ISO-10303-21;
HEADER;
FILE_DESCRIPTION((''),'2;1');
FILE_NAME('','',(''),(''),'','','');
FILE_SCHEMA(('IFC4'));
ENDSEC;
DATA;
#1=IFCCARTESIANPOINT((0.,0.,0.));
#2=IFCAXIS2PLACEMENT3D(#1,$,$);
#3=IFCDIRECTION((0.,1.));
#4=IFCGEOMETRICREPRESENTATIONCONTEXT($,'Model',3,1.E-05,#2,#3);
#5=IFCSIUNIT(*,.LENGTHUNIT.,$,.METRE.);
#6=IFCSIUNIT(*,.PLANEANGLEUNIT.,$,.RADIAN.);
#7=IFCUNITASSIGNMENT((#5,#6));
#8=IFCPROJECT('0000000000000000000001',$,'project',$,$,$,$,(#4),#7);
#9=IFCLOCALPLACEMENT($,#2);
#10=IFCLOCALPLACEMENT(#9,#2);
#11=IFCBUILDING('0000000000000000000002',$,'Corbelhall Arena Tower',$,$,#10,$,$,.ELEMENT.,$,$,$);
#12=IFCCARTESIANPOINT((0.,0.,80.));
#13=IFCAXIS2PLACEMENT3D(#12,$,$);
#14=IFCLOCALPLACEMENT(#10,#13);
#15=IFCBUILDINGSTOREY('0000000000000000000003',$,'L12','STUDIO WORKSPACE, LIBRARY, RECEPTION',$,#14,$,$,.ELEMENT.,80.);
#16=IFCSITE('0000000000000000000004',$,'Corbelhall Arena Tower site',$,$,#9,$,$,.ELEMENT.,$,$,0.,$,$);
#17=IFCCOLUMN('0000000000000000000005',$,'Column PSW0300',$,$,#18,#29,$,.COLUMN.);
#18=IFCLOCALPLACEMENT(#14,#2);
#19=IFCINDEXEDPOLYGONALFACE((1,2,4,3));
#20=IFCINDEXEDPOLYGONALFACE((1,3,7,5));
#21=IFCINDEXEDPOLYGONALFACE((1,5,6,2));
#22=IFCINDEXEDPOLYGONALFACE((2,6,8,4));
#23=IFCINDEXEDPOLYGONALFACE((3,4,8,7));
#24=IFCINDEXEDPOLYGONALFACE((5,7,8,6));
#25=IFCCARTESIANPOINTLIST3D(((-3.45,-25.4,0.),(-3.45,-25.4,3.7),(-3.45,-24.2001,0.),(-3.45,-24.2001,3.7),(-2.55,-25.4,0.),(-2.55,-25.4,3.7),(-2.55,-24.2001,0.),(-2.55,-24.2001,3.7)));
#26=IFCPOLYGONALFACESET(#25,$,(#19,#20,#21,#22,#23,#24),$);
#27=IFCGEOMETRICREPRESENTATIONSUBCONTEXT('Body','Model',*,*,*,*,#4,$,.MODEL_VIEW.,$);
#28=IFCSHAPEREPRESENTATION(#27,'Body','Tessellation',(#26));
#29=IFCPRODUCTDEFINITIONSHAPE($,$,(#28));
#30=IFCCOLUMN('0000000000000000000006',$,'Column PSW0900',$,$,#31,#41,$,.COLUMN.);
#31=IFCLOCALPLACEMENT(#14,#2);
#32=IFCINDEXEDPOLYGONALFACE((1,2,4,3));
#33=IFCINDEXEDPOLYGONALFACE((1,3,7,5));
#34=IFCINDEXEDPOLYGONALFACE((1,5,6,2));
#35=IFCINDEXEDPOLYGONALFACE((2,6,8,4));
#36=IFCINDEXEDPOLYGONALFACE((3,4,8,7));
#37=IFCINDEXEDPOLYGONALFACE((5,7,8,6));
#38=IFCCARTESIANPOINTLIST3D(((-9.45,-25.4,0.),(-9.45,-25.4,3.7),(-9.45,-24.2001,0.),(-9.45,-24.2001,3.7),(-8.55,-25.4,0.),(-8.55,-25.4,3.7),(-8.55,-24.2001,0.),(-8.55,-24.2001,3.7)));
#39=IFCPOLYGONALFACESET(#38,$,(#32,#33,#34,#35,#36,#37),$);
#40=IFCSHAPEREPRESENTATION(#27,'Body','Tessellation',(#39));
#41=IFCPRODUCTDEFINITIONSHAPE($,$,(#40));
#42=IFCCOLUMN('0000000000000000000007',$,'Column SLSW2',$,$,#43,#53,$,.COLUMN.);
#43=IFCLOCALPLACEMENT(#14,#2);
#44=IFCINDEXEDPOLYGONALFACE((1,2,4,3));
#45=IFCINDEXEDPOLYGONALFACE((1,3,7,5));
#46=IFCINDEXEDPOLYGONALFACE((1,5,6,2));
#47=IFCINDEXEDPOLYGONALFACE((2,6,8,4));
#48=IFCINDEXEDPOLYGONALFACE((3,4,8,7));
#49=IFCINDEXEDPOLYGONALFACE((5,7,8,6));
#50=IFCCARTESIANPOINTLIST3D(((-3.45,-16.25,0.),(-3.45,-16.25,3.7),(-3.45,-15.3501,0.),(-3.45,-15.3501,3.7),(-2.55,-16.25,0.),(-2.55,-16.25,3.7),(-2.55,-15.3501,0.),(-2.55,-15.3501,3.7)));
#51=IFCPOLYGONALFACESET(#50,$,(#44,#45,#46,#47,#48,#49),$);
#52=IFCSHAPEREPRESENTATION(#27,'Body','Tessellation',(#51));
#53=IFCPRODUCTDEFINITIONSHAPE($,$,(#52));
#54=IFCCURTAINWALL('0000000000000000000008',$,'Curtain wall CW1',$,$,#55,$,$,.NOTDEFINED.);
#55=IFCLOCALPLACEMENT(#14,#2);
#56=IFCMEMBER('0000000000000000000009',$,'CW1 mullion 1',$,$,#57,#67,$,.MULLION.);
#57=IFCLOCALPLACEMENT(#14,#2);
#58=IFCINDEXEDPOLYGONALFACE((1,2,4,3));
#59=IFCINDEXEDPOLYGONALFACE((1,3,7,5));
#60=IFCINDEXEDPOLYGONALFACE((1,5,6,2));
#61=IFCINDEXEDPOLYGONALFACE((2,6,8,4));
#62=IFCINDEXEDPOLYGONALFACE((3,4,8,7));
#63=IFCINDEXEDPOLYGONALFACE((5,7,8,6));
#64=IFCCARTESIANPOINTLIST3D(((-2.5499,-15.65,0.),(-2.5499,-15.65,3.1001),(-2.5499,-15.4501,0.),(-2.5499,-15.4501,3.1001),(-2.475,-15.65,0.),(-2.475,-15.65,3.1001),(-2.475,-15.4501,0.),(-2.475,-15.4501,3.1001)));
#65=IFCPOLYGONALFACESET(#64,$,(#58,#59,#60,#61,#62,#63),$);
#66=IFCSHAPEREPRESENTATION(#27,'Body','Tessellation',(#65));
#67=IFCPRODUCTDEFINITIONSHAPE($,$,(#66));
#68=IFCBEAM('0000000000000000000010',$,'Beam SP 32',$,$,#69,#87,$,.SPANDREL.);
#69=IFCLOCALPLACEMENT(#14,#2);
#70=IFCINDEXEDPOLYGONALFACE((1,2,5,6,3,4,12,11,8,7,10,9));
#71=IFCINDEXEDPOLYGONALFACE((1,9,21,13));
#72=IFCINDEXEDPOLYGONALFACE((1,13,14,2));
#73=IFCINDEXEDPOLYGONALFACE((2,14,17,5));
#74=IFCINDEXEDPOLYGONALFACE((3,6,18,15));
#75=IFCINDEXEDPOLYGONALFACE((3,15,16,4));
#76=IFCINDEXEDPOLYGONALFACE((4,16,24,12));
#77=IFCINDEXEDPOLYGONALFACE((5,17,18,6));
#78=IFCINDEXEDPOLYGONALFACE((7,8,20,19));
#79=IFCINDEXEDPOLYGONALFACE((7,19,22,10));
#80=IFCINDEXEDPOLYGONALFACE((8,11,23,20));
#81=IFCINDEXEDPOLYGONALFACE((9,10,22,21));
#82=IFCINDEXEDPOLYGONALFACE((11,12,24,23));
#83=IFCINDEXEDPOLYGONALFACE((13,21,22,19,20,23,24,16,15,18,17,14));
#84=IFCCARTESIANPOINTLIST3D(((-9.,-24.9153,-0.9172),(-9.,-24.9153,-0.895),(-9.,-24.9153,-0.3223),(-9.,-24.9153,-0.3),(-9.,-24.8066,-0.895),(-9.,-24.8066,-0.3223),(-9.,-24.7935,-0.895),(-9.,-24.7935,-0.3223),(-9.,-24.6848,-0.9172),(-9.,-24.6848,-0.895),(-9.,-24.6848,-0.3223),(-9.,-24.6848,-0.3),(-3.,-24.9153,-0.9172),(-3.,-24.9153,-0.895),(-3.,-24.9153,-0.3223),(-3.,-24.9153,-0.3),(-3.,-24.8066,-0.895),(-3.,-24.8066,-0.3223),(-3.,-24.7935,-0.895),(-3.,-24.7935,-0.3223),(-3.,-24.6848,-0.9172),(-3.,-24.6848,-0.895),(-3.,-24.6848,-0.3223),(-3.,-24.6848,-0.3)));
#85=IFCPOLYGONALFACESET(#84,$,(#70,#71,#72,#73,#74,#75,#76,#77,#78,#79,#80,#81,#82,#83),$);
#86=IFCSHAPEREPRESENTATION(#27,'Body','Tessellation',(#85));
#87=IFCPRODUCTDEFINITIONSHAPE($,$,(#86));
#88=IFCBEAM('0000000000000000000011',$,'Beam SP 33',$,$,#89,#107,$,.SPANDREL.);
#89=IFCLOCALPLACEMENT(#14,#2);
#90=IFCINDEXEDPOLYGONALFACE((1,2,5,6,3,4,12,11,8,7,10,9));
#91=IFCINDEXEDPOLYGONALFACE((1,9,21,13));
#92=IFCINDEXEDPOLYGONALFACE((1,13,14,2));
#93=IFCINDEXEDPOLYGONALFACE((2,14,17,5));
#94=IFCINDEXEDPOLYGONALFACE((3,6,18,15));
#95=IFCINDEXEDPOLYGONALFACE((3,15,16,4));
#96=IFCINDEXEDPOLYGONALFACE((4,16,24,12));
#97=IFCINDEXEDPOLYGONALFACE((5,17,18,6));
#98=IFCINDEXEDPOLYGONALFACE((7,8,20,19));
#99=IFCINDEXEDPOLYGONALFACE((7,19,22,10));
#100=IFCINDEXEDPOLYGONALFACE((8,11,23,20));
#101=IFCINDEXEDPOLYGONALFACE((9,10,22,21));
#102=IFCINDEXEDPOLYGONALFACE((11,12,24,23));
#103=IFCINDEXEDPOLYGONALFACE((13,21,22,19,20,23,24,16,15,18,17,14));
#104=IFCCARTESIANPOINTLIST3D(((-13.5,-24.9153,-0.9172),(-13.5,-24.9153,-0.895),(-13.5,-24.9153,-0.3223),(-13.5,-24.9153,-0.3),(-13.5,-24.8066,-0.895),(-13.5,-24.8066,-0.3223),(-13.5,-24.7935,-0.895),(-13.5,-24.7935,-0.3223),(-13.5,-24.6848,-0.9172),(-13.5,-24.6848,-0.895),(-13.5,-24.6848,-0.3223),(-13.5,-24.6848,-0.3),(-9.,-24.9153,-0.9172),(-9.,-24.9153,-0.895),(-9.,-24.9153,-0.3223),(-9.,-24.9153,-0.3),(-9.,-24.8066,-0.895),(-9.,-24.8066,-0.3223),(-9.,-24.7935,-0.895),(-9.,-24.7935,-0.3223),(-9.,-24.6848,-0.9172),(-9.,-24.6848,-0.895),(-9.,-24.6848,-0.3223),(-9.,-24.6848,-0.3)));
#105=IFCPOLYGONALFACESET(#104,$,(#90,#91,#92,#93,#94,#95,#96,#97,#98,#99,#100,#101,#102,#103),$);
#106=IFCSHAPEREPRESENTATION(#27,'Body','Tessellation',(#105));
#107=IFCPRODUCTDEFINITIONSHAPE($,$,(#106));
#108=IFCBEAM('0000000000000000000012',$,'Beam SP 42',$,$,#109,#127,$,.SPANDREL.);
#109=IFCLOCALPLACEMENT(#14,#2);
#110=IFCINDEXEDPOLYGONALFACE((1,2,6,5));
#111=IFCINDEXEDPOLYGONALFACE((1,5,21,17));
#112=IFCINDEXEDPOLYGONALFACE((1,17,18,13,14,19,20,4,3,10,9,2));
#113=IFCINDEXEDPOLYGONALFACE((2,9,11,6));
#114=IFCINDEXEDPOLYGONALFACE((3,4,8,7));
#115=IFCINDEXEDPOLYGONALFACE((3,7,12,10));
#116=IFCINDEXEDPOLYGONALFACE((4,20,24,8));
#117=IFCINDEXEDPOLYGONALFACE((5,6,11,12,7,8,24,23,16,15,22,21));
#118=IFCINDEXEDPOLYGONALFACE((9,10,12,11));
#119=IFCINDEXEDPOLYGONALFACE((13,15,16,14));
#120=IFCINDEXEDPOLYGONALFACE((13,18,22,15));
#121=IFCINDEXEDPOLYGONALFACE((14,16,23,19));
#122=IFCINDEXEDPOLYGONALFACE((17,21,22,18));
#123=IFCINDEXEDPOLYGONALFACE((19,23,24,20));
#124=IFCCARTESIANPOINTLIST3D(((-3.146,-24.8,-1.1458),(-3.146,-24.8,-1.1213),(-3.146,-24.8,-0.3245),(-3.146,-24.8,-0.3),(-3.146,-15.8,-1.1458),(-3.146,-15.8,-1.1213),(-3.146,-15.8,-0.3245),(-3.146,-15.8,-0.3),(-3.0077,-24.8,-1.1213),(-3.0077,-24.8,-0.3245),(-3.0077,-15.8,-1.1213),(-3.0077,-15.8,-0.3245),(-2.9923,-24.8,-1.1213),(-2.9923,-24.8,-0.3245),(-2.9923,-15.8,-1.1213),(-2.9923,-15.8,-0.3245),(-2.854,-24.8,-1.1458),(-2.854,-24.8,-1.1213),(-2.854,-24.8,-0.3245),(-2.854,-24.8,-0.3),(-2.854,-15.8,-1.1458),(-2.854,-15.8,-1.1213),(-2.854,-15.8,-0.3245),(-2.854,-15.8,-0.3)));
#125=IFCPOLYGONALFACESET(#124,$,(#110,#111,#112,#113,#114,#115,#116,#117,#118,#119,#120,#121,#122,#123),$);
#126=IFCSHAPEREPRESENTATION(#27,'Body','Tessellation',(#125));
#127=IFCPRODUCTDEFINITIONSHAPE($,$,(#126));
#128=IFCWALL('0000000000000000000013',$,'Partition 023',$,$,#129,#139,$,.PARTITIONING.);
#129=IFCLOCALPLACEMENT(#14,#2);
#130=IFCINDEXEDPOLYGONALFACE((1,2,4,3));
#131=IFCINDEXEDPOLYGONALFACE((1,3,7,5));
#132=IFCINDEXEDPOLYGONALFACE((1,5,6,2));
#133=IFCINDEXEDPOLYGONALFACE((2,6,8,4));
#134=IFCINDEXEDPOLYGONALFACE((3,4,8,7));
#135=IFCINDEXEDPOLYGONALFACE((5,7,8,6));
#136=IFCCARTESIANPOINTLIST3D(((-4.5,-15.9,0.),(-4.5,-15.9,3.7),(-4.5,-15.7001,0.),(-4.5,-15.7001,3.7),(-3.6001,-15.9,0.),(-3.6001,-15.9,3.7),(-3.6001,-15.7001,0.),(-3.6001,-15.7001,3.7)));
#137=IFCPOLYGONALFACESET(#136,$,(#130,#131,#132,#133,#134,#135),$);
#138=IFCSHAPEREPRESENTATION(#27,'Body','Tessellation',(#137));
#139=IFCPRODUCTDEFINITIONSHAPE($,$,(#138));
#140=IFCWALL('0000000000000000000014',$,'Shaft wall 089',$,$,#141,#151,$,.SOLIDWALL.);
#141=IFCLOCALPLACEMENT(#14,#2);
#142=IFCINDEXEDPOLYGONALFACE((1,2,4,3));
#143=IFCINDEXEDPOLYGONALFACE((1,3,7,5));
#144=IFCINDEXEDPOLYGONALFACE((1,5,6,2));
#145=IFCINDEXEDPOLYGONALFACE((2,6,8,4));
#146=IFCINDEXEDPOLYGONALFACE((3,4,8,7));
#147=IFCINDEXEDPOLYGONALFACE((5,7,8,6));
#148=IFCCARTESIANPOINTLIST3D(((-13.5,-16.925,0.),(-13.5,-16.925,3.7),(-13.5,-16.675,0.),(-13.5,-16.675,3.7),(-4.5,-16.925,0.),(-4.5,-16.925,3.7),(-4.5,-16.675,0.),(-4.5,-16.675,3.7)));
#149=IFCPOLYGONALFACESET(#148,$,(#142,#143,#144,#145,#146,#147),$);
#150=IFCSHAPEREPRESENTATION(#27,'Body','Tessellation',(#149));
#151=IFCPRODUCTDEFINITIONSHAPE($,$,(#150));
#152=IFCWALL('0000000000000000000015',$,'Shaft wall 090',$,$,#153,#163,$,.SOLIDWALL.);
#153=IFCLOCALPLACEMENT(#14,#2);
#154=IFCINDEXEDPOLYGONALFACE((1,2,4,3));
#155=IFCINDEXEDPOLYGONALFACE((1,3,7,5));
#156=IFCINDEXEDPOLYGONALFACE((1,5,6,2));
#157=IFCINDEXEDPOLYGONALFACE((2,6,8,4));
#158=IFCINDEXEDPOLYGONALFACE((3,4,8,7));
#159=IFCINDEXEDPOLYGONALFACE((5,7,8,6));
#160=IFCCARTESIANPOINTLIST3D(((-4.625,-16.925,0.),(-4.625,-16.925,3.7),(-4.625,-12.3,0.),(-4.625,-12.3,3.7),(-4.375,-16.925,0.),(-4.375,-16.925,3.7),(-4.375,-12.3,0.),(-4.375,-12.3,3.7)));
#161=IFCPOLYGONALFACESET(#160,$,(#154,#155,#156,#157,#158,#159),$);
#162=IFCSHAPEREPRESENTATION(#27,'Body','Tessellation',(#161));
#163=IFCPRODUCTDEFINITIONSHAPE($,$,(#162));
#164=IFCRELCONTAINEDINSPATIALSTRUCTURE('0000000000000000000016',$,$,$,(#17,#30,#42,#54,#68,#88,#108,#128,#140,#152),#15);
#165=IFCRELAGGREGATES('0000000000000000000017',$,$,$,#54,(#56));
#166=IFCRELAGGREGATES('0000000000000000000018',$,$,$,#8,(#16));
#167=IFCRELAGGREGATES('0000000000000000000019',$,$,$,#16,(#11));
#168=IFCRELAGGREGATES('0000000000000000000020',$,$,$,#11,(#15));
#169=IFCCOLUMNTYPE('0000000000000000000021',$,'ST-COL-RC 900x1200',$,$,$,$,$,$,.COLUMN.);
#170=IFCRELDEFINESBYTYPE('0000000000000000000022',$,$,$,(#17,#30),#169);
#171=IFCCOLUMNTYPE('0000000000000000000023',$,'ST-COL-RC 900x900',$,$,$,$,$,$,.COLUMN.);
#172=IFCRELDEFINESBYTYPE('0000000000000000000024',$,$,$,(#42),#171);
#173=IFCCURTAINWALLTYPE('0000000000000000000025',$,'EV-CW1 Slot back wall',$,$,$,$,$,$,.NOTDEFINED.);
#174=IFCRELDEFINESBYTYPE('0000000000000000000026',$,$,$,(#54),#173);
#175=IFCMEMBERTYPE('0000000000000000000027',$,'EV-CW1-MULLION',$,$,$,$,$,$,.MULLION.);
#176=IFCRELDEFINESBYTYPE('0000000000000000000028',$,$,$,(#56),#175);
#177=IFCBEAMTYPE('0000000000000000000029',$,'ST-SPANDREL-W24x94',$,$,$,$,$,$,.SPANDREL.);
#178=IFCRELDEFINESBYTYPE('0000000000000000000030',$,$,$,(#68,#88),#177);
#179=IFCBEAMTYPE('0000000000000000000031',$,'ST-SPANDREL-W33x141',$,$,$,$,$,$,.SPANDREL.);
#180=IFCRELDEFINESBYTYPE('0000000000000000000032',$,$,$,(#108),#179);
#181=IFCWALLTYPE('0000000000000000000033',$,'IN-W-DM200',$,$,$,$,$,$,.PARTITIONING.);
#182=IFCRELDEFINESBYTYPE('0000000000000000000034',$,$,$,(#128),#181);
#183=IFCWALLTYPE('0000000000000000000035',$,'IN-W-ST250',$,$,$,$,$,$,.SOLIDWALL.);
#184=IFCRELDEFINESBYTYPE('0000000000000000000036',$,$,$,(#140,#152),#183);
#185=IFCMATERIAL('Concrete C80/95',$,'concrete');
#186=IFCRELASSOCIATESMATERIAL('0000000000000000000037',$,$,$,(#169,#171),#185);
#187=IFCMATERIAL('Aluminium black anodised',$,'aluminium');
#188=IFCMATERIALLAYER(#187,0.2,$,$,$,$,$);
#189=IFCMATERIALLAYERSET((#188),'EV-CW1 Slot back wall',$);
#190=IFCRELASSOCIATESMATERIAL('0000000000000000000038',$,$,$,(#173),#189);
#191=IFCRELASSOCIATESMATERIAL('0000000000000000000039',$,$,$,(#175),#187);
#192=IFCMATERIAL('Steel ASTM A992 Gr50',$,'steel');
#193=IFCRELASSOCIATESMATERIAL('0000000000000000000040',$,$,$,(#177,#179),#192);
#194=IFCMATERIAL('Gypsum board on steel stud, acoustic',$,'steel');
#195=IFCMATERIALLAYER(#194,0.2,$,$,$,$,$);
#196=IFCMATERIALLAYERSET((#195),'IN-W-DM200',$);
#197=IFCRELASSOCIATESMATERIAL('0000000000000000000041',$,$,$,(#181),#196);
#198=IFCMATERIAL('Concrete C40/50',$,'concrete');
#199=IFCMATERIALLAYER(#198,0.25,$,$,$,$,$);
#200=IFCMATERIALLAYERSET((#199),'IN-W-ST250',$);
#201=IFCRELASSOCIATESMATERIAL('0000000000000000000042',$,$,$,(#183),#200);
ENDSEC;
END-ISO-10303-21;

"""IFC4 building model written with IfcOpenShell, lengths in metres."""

from ifc_helpers import new_model, si_unit, direction, frame, frame_2d, origin, origin_2d, place, context, subcontext, project, spatial, rectangle, i_section, extrude, material, layer, layer_set, material_profile, profile_set, type_object, element, aggregate, save


model = new_model("IFC4")

# Units and contexts
model_context = context("Model", 3, precision=1e-05, world=origin(), true_north=direction((0.0, 1.0)))
body_context = subcontext(model_context, "Body", "Model", "MODEL_VIEW")
ifc_project = project(units=[si_unit("LENGTHUNIT", "METRE"), si_unit("PLANEANGLEUNIT", "RADIAN")], contexts=[model_context])

# Site, building, storey
site_placement = place(None, origin())
site = spatial("IfcSite", under=ifc_project, at=site_placement, Name="Corbelhall Arena Tower site", CompositionType="ELEMENT", RefElevation=0.0)
building_placement = place(site_placement, origin())
building = spatial("IfcBuilding", under=site, at=building_placement, Name="Corbelhall Arena Tower", CompositionType="ELEMENT")
storey_placement = place(building_placement, frame((0.0, 0.0, 80.0)))
storey = spatial("IfcBuildingStorey", under=building, at=storey_placement, Name="L12", Description="STUDIO WORKSPACE, LIBRARY, RECEPTION", CompositionType="ELEMENT", Elevation=80.0)

# Columns
ifc_material_1 = material(Name="Concrete C80/95", Category="concrete")
ifc_material_profile_1 = material_profile(ifc_material_1, rectangle(XDim=0.8999, YDim=1.2, at=origin_2d()))
ifc_profile_set_1 = profile_set([ifc_material_profile_1], Name="Concrete C80/95")
column_type_1 = type_object("IfcColumnType", Name="ST-COL-RC 900x1200", PredefinedType="COLUMN", material=ifc_profile_set_1)
for number, where, z_axis, x_axis, name in (
    (1, (-3.0, -24.8, 0.0), (0.0, 0.0, 1.0), (1.0, 0.0, 0.0), "Column PSW0300"),
    (2, (-9.0, -24.8, 0.0), (0.0, 0.0, 1.0), (1.0, 0.0, 0.0), "Column PSW0900"),
):
    element("IfcColumn", number, at=place(storey_placement, frame(where, z_axis=z_axis, x_axis=x_axis)), inside=storey, type_object=column_type_1, Name=name, PredefinedType="COLUMN", context=body_context, shape_type="SweptSolid", body=[
        extrude(rectangle(XDim=0.8999, YDim=1.2, at=origin_2d()), origin(), (0.0, 0.0, 1.0), 3.7),
    ])
ifc_material_profile_2 = material_profile(ifc_material_1, rectangle(XDim=0.8999, YDim=0.8999, at=origin_2d()))
ifc_profile_set_2 = profile_set([ifc_material_profile_2], Name="Concrete C80/95")
column_type_2 = type_object("IfcColumnType", Name="ST-COL-RC 900x900", PredefinedType="COLUMN", material=ifc_profile_set_2)
column_placement = place(storey_placement, frame((-3.0, -15.8, 0.0), z_axis=(0.0, 0.0, 1.0), x_axis=(1.0, 0.0, 0.0)))
element("IfcColumn", 3, at=column_placement, inside=storey, type_object=column_type_2, Name="Column SLSW2", PredefinedType="COLUMN", context=body_context, shape_type="SweptSolid", body=[
    extrude(rectangle(XDim=0.8999, YDim=0.8999, at=origin_2d()), origin(), (0.0, 0.0, 1.0), 3.7),
])

# Curtain wall, member
ifc_material_2 = material(Name="Aluminium black anodised", Category="aluminium")
ifc_layer_1 = layer(ifc_material_2, 0.2)
ifc_layer_set_1 = layer_set([ifc_layer_1], Name="EV-CW1 Slot back wall")
curtain_wall_type = type_object("IfcCurtainWallType", Name="EV-CW1 Slot back wall", PredefinedType="NOTDEFINED", material=ifc_layer_set_1)
curtain_wall_placement = place(storey_placement, origin())
curtain_wall = element("IfcCurtainWall", 4, at=curtain_wall_placement, inside=storey, type_object=curtain_wall_type, Name="Curtain wall CW1", PredefinedType="NOTDEFINED")
ifc_material_profile_3 = material_profile(ifc_material_2, rectangle(XDim=0.2, YDim=0.075, at=origin_2d()))
ifc_profile_set_3 = profile_set([ifc_material_profile_3], Name="Aluminium black anodised")
member_type = type_object("IfcMemberType", Name="EV-CW1-MULLION", PredefinedType="MULLION", material=ifc_profile_set_3)
member_placement = place(storey_placement, frame((-2.5125, -15.55, 0.0), z_axis=(0.0, 0.0, 1.0), x_axis=(0.0, 1.0, 0.0)))
member = element("IfcMember", 5, at=member_placement, type_object=member_type, Name="CW1 mullion 1", PredefinedType="MULLION", context=body_context, shape_type="SweptSolid", body=[
    extrude(rectangle(XDim=0.2, YDim=0.075, at=origin_2d()), origin(), (0.0, 0.0, 1.0), 3.1001),
])
aggregate(curtain_wall, [member])

# Beams
ifc_material_3 = material(Name="Steel ASTM A992 Gr50", Category="steel")
ifc_material_profile_4 = material_profile(ifc_material_3, i_section(OverallWidth=0.2305, OverallDepth=0.6172, WebThickness=0.0132, FlangeThickness=0.0222, at=origin_2d()))
ifc_profile_set_4 = profile_set([ifc_material_profile_4], Name="Steel ASTM A992 Gr50")
beam_type_1 = type_object("IfcBeamType", Name="ST-SPANDREL-W24x94", PredefinedType="SPANDREL", material=ifc_profile_set_4)
beam_1_placement = place(storey_placement, frame((-3.0, -24.8, -0.6086), z_axis=(-1.0, 0.0, 0.0), x_axis=(0.0, -1.0, 0.0)))
element("IfcBeam", 6, at=beam_1_placement, inside=storey, type_object=beam_type_1, Name="Beam SP 32", PredefinedType="SPANDREL", context=body_context, shape_type="SweptSolid", body=[
    extrude(i_section(OverallWidth=0.2305, OverallDepth=0.6172, WebThickness=0.0132, FlangeThickness=0.0222, at=origin_2d()), origin(), (0.0, 0.0, 1.0), 6.0),
])
beam_2_placement = place(storey_placement, frame((-9.0, -24.8, -0.6086), z_axis=(-1.0, 0.0, 0.0), x_axis=(0.0, -1.0, 0.0)))
element("IfcBeam", 7, at=beam_2_placement, inside=storey, type_object=beam_type_1, Name="Beam SP 33", PredefinedType="SPANDREL", context=body_context, shape_type="SweptSolid", body=[
    extrude(i_section(OverallWidth=0.2305, OverallDepth=0.6172, WebThickness=0.0132, FlangeThickness=0.0222, at=origin_2d()), origin(), (0.0, 0.0, 1.0), 4.5),
])
ifc_material_profile_5 = material_profile(ifc_material_3, i_section(OverallWidth=0.292, OverallDepth=0.8457, WebThickness=0.0154, FlangeThickness=0.0244, at=origin_2d()))
ifc_profile_set_5 = profile_set([ifc_material_profile_5], Name="Steel ASTM A992 Gr50")
beam_type_2 = type_object("IfcBeamType", Name="ST-SPANDREL-W33x141", PredefinedType="SPANDREL", material=ifc_profile_set_5)
beam_3_placement = place(storey_placement, frame((-3.0, -15.8, -0.7229), z_axis=(0.0, -1.0, 0.0), x_axis=(1.0, 0.0, 0.0)))
element("IfcBeam", 8, at=beam_3_placement, inside=storey, type_object=beam_type_2, Name="Beam SP 42", PredefinedType="SPANDREL", context=body_context, shape_type="SweptSolid", body=[
    extrude(i_section(OverallWidth=0.292, OverallDepth=0.8457, WebThickness=0.0154, FlangeThickness=0.0244, at=origin_2d()), origin(), (0.0, 0.0, 1.0), 9.0),
])

# Walls
ifc_material_4 = material(Name="Gypsum board on steel stud, acoustic", Category="steel")
ifc_layer_2 = layer(ifc_material_4, 0.2)
ifc_layer_set_2 = layer_set([ifc_layer_2], Name="IN-W-DM200")
wall_type_1 = type_object("IfcWallType", Name="IN-W-DM200", PredefinedType="PARTITIONING", material=ifc_layer_set_2)
wall_1_placement = place(storey_placement, frame((-3.6001, -15.8, 0.0), z_axis=(0.0, 0.0, 1.0), x_axis=(-1.0, 0.0, 0.0)))
element("IfcWall", 9, at=wall_1_placement, inside=storey, type_object=wall_type_1, Name="Partition 023", PredefinedType="PARTITIONING", context=body_context, shape_type="SweptSolid", body=[
    extrude(rectangle(XDim=0.8999, YDim=0.2, at=frame_2d((0.45, 0.0))), origin(), (0.0, 0.0, 1.0), 3.7),
])
ifc_material_5 = material(Name="Concrete C40/50", Category="concrete")
ifc_layer_3 = layer(ifc_material_5, 0.25)
ifc_layer_set_3 = layer_set([ifc_layer_3], Name="IN-W-ST250")
wall_type_2 = type_object("IfcWallType", Name="IN-W-ST250", PredefinedType="SOLIDWALL", material=ifc_layer_set_3)
wall_2_placement = place(storey_placement, frame((-4.5, -16.8, 0.0), z_axis=(0.0, 0.0, 1.0), x_axis=(-1.0, 0.0, 0.0)))
element("IfcWall", 10, at=wall_2_placement, inside=storey, type_object=wall_type_2, Name="Shaft wall 089", PredefinedType="SOLIDWALL", context=body_context, shape_type="SweptSolid", body=[
    extrude(rectangle(XDim=9.0, YDim=0.25, at=frame_2d((4.5, 0.0))), origin(), (0.0, 0.0, 1.0), 3.7),
])
wall_3_placement = place(storey_placement, frame((-4.5, -12.3, 0.0), z_axis=(0.0, 0.0, 1.0), x_axis=(0.0, -1.0, 0.0)))
element("IfcWall", 11, at=wall_3_placement, inside=storey, type_object=wall_type_2, Name="Shaft wall 090", PredefinedType="SOLIDWALL", context=body_context, shape_type="SweptSolid", body=[
    extrude(rectangle(XDim=4.625, YDim=0.25, at=frame_2d((2.3125, 0.0))), origin(), (0.0, 0.0, 1.0), 3.7),
])

save(model, "model.ifc")
